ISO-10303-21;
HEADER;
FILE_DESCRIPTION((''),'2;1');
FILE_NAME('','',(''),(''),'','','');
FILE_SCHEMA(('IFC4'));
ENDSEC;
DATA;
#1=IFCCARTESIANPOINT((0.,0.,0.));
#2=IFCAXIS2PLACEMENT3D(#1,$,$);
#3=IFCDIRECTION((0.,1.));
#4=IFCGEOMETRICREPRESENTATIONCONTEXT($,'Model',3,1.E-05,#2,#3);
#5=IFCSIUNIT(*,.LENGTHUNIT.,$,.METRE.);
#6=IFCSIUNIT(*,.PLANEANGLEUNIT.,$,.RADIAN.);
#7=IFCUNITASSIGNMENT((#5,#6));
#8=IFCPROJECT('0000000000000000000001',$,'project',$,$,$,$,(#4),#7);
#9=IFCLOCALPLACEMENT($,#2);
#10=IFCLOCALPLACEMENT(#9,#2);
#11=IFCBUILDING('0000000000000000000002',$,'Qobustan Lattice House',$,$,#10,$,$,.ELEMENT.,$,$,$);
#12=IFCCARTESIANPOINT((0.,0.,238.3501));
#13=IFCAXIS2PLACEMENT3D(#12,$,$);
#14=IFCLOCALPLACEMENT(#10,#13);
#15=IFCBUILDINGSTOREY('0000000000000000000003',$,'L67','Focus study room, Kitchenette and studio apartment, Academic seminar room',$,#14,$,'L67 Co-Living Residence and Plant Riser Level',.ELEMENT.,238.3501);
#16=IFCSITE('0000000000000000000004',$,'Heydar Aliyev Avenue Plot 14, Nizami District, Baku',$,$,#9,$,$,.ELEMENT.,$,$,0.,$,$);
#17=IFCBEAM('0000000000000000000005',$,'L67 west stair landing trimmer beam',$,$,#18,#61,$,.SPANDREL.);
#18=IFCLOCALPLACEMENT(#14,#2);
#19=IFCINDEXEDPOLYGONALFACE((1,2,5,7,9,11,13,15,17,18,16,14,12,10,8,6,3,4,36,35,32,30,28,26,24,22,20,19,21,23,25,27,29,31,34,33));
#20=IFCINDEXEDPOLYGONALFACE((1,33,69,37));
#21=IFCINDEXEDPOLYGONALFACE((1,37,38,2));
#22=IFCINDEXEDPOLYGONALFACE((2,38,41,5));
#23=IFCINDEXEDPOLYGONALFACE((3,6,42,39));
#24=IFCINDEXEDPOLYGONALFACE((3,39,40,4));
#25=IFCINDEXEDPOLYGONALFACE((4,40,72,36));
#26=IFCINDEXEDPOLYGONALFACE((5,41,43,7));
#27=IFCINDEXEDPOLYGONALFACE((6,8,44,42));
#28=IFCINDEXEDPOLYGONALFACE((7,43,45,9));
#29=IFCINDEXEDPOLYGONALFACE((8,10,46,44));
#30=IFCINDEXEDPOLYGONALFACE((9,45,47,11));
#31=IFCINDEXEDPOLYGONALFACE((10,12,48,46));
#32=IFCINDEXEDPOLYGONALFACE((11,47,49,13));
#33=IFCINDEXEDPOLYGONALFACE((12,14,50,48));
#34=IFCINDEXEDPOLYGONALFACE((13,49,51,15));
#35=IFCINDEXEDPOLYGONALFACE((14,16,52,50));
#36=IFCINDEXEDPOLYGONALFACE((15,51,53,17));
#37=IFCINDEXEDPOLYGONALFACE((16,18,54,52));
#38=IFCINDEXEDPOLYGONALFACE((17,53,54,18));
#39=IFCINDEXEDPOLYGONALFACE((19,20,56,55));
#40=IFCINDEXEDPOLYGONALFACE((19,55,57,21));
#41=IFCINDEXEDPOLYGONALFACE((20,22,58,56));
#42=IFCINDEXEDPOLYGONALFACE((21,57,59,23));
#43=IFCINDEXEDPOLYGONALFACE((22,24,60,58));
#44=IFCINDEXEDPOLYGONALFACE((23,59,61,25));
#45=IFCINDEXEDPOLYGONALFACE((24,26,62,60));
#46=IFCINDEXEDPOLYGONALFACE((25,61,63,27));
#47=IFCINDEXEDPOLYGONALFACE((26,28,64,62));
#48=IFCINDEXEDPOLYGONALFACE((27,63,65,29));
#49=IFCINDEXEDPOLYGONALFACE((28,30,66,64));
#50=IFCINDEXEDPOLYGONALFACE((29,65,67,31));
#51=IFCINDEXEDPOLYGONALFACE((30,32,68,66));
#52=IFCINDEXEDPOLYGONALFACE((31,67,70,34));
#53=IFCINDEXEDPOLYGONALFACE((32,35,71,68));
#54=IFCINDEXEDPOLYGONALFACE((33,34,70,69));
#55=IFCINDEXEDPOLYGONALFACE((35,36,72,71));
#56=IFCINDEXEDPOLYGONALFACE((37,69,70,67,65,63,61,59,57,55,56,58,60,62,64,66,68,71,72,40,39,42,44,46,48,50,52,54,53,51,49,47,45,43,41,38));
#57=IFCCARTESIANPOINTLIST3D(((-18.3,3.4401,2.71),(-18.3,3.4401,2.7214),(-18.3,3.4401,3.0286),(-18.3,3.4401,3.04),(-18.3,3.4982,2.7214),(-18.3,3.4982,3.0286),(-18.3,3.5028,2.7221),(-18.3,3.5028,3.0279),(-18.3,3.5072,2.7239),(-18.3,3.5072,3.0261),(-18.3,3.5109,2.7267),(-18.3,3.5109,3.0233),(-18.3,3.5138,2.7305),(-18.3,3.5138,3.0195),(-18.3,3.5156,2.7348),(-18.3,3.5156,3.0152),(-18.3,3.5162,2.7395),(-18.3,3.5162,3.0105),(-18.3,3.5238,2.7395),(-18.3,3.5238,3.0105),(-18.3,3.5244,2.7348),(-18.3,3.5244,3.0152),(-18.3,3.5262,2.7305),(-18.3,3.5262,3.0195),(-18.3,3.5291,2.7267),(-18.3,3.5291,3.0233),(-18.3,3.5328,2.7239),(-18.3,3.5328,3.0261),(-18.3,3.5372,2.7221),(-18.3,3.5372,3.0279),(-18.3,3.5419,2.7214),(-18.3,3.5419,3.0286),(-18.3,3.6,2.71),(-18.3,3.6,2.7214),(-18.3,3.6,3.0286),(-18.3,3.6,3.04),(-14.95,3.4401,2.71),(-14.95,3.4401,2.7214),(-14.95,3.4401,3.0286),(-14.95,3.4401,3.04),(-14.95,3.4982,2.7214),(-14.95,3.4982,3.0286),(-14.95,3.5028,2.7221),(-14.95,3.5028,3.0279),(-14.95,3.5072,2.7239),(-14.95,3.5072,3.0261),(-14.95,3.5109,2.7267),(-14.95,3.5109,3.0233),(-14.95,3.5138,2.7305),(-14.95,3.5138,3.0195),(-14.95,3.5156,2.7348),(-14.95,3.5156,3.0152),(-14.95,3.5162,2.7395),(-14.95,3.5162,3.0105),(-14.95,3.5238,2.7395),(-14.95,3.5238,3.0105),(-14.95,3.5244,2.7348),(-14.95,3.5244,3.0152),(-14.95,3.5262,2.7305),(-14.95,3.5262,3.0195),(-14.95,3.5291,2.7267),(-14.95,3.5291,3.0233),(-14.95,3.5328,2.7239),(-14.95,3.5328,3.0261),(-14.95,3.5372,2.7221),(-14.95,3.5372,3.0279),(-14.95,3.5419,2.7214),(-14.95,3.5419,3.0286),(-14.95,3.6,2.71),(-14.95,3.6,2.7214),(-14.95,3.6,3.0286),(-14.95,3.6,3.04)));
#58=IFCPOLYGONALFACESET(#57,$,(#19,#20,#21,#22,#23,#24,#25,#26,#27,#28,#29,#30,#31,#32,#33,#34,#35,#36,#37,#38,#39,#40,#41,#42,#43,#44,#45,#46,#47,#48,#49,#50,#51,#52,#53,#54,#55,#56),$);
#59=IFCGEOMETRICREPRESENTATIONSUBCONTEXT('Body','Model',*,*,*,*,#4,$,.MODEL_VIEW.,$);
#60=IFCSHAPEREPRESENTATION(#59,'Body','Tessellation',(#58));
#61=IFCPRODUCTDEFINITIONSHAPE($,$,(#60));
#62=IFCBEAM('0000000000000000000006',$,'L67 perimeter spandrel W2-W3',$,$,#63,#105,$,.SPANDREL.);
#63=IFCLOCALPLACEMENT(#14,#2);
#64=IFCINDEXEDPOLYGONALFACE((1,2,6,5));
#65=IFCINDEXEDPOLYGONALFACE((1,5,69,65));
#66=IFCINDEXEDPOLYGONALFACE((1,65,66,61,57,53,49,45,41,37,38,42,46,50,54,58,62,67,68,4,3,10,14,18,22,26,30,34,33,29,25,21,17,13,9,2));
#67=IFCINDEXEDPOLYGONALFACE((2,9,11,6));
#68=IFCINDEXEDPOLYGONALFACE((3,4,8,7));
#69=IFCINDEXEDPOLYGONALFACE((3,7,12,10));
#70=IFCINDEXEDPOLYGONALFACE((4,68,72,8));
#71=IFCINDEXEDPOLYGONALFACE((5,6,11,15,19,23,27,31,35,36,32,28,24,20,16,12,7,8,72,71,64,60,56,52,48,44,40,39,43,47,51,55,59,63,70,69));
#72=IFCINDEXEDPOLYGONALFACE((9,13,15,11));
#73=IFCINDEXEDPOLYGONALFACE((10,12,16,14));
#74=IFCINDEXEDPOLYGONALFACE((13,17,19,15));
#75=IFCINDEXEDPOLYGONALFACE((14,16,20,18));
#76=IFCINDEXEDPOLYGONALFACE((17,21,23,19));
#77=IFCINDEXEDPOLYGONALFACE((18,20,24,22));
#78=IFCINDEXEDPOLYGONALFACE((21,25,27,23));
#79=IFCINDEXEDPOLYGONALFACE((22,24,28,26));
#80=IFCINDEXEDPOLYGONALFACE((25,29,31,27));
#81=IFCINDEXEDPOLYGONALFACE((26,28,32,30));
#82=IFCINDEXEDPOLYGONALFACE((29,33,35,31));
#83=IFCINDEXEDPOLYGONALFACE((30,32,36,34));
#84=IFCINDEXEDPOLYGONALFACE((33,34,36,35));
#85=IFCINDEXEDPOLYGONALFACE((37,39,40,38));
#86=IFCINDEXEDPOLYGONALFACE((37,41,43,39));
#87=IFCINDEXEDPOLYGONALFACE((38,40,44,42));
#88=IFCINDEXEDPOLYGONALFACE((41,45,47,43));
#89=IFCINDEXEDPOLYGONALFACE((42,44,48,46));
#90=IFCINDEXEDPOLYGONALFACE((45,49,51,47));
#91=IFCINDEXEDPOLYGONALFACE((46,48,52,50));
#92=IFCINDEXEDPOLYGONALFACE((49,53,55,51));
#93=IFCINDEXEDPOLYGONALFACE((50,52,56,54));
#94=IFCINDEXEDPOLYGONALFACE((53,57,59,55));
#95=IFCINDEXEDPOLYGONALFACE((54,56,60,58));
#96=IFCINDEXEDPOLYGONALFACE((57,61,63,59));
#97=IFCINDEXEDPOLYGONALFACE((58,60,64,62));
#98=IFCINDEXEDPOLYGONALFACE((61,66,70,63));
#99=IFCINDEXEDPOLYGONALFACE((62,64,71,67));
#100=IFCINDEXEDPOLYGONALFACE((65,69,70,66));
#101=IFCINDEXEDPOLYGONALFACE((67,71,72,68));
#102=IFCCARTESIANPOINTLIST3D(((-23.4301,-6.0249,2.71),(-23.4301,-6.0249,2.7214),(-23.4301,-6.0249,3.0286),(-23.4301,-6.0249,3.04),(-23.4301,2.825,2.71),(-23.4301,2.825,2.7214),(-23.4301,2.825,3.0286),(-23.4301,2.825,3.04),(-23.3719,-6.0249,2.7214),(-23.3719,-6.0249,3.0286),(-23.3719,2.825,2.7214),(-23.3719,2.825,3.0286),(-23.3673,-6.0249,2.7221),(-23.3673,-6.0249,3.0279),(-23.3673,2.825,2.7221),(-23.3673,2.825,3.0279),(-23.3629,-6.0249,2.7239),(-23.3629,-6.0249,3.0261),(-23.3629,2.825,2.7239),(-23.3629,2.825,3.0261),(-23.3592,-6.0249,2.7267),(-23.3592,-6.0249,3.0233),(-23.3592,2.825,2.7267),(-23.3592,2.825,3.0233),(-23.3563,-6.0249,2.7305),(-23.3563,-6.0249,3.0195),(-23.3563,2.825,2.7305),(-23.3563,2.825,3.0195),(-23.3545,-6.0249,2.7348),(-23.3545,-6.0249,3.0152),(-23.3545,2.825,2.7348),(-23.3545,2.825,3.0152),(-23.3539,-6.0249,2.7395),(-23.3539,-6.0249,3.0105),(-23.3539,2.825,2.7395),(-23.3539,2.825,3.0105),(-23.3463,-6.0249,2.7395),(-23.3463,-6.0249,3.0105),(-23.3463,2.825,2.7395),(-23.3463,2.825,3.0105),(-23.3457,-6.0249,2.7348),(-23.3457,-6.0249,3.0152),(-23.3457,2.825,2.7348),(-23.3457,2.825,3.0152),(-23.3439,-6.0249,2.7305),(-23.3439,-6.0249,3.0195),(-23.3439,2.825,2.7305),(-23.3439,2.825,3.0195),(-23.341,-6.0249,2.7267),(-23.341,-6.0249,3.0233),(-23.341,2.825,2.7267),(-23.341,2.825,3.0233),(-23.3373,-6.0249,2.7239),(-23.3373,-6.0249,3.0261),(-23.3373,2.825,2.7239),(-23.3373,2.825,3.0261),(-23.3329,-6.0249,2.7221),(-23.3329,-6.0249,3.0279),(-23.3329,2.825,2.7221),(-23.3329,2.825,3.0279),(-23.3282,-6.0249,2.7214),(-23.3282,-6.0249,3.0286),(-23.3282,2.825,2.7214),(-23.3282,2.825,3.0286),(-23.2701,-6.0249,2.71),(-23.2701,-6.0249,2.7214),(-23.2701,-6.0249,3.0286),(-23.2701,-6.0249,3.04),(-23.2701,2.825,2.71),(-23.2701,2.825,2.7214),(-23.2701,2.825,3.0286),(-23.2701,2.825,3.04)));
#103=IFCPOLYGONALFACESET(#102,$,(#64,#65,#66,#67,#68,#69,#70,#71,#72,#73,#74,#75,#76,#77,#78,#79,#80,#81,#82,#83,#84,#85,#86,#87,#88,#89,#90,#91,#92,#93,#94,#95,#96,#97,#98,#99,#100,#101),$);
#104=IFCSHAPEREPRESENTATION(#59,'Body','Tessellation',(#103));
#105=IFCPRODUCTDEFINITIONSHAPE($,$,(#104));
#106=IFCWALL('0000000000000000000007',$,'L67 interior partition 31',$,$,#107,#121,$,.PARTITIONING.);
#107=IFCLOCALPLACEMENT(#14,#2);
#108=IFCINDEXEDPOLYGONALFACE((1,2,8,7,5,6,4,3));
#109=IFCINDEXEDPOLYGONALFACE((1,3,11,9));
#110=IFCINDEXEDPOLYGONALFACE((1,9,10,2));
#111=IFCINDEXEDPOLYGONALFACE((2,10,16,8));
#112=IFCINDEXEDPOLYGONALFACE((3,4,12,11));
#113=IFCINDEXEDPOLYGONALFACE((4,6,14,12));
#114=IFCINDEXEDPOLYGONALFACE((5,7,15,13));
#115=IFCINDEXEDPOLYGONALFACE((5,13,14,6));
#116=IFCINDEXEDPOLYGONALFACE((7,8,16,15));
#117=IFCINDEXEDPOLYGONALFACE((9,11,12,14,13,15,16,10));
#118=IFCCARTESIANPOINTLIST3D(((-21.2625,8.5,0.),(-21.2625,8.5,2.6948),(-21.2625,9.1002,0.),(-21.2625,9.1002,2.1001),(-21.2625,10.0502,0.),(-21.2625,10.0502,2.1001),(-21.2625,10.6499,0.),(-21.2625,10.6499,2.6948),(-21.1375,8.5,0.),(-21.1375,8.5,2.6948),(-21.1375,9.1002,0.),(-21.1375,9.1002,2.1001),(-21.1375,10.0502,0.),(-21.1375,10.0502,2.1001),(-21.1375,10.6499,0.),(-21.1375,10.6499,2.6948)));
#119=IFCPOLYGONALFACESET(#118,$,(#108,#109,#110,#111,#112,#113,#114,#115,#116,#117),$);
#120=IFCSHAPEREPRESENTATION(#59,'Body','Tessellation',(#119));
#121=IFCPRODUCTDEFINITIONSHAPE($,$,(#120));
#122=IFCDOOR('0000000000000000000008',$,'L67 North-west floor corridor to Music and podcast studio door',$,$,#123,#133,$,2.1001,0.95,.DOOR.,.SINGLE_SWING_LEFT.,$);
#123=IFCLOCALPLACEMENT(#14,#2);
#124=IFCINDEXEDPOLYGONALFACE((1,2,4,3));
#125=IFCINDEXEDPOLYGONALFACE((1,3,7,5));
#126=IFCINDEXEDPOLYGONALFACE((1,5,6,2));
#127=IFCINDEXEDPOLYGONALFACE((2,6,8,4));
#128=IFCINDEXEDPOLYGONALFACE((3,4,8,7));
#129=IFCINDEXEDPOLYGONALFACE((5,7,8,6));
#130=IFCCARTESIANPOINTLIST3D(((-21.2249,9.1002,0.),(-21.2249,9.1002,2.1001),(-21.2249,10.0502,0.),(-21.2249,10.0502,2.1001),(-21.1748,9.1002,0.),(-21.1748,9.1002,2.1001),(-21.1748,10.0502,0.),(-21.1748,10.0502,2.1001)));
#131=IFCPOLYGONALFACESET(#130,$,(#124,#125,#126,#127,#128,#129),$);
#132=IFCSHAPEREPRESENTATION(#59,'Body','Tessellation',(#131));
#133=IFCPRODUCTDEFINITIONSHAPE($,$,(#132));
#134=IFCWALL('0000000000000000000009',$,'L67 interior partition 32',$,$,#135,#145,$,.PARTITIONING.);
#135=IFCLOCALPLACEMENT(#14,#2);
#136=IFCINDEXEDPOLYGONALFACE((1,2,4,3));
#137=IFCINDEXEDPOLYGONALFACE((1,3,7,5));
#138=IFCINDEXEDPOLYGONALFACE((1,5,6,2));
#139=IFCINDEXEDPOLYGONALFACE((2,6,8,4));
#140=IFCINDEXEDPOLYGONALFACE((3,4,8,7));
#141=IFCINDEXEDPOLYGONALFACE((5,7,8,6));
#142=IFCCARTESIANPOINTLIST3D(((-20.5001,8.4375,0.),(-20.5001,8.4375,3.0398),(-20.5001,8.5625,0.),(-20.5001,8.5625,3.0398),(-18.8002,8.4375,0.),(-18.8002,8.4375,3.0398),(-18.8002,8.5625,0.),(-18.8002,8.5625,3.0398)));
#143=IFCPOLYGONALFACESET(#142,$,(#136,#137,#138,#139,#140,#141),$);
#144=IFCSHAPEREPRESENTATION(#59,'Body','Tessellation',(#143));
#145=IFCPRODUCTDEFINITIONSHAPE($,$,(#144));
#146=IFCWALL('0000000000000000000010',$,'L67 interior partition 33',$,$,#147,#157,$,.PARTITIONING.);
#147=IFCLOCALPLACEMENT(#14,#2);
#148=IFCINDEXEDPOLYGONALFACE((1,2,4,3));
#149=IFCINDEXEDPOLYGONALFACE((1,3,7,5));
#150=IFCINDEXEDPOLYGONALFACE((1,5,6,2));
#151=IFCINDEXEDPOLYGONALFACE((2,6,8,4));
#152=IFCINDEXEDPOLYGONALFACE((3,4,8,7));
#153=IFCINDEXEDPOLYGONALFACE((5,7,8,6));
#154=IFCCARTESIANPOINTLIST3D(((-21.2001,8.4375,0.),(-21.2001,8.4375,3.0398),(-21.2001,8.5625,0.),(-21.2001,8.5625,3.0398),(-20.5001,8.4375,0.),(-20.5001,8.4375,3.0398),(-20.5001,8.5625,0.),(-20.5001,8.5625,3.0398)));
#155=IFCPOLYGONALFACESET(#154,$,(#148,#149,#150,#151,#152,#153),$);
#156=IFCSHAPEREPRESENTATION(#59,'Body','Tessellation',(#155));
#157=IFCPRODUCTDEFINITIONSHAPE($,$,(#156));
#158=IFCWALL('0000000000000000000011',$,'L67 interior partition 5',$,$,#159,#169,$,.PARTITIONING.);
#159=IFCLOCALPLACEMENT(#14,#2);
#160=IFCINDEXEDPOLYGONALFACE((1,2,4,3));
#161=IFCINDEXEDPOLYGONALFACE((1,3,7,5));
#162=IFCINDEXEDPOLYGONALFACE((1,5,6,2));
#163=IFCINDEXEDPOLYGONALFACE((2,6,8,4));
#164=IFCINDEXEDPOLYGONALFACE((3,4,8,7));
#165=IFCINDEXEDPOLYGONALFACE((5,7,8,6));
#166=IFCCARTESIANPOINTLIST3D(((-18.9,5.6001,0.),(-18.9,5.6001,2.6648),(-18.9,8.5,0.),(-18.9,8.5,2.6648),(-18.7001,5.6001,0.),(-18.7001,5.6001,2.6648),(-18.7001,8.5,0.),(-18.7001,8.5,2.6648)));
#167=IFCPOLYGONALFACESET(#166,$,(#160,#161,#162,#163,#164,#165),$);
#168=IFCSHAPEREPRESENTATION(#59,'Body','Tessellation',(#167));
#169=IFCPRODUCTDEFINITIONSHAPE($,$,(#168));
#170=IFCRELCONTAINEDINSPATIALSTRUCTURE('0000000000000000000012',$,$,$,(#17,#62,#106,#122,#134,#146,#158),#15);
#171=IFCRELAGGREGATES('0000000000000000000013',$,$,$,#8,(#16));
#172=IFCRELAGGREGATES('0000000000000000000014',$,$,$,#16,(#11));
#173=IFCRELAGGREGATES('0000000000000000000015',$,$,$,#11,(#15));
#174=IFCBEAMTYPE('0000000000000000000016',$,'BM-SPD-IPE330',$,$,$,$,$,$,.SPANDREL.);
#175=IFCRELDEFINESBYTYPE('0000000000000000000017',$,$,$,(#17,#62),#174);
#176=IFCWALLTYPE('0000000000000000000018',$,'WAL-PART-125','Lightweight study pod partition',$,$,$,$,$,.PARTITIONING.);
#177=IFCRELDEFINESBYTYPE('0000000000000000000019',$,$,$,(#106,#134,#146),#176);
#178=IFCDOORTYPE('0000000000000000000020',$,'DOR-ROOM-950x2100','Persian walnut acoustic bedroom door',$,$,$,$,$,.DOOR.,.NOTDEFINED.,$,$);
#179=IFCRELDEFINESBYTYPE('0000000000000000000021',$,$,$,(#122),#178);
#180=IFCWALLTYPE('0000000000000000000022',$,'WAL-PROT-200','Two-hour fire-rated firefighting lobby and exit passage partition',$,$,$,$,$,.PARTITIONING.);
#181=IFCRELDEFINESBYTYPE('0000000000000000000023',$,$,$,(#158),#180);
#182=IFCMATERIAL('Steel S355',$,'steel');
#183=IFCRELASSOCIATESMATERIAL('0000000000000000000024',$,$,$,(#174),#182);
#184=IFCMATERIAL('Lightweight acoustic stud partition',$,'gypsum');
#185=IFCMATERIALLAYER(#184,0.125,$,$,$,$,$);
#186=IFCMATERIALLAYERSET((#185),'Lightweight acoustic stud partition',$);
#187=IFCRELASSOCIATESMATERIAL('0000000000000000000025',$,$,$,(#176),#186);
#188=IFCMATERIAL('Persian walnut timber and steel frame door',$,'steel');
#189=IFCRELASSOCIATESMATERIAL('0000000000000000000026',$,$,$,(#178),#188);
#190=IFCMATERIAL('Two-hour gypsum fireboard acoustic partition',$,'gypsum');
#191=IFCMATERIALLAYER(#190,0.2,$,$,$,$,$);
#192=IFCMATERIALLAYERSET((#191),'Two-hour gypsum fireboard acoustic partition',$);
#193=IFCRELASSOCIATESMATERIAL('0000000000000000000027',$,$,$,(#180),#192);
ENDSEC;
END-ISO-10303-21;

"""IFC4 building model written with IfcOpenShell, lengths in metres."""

from ifc_helpers import new_model, si_unit, direction, frame, frame_2d, origin, origin_2d, place, context, subcontext, project, spatial, rectangle, i_section, extrude, material, layer, layer_set, material_profile, profile_set, type_object, element, fill, save


model = new_model("IFC4")

# Units and contexts
model_context = context("Model", 3, precision=1e-05, world=origin(), true_north=direction((0.0, 1.0)))
body_context = subcontext(model_context, "Body", "Model", "MODEL_VIEW")
ifc_project = project(units=[si_unit("LENGTHUNIT", "METRE"), si_unit("PLANEANGLEUNIT", "RADIAN")], contexts=[model_context])

# Site, building, storey
site_placement = place(None, origin())
site = spatial("IfcSite", under=ifc_project, at=site_placement, Name="Heydar Aliyev Avenue Plot 14, Nizami District, Baku", CompositionType="ELEMENT", RefElevation=0.0)
building_placement = place(site_placement, origin())
building = spatial("IfcBuilding", under=site, at=building_placement, Name="Qobustan Lattice House", CompositionType="ELEMENT")
storey_placement = place(building_placement, frame((0.0, 0.0, 238.3501)))
storey = spatial("IfcBuildingStorey", under=building, at=storey_placement, Name="L67", Description="Focus study room, Kitchenette and studio apartment, Academic seminar room", LongName="L67 Co-Living Residence and Plant Riser Level", CompositionType="ELEMENT", Elevation=238.3501)

# Beams
ifc_material_1 = material(Name="Steel S355", Category="steel")
ifc_material_profile_1 = material_profile(ifc_material_1, i_section(OverallWidth=0.1599, OverallDepth=0.3301, WebThickness=0.0076, FlangeThickness=0.0115, FilletRadius=0.0181, at=origin_2d()), Name="IPE330")
ifc_profile_set_1 = profile_set([ifc_material_profile_1], Name="Steel S355")
beam_type_1 = type_object("IfcBeamType", Name="BM-SPD-IPE330", PredefinedType="SPANDREL", material=ifc_profile_set_1)
beam_1_placement = place(storey_placement, frame((-18.3, 3.52, 2.875), z_axis=(1.0, 0.0, 0.0), x_axis=(0.0, 1.0, 0.0)))
element("IfcBeam", 1, at=beam_1_placement, inside=storey, type_object=beam_type_1, Name="L67 west stair landing trimmer beam", PredefinedType="SPANDREL", context=body_context, shape_type="SweptSolid", body=[
    extrude(i_section(OverallWidth=0.1599, OverallDepth=0.3301, WebThickness=0.0076, FlangeThickness=0.0115, FilletRadius=0.0181, at=origin_2d()), origin(), (0.0, 0.0, 1.0), 3.3501),
])
beam_2_placement = place(storey_placement, frame((-23.3501, 2.825, 2.875), z_axis=(0.0, -1.0, 0.0), x_axis=(1.0, 0.0, 0.0)))
element("IfcBeam", 2, at=beam_2_placement, inside=storey, type_object=beam_type_1, Name="L67 perimeter spandrel W2-W3", PredefinedType="SPANDREL", context=body_context, shape_type="SweptSolid", body=[
    extrude(i_section(OverallWidth=0.1599, OverallDepth=0.3301, WebThickness=0.0076, FlangeThickness=0.0115, FilletRadius=0.0181, at=origin_2d()), origin(), (0.0, 0.0, 1.0), 8.8499),
])

# Wall, opening, door
ifc_material_2 = material(Name="Lightweight acoustic stud partition", Category="gypsum")
ifc_layer_1 = layer(ifc_material_2, 0.125)
ifc_layer_set_1 = layer_set([ifc_layer_1], Name="Lightweight acoustic stud partition")
wall_type_1 = type_object("IfcWallType", Name="WAL-PART-125", Description="Lightweight study pod partition", PredefinedType="PARTITIONING", material=ifc_layer_set_1)
wall_1_placement = place(storey_placement, frame((-21.2, 8.5, 0.0), z_axis=(0.0, 0.0, 1.0), x_axis=(0.0, 1.0, 0.0)))
wall_1 = element("IfcWall", 3, at=wall_1_placement, inside=storey, type_object=wall_type_1, Name="L67 interior partition 31", PredefinedType="PARTITIONING", context=body_context, shape_type="SweptSolid", body=[
    extrude(rectangle(XDim=2.1499, YDim=0.125, at=frame_2d((1.075, 0.0))), origin(), (0.0, 0.0, 1.0), 2.6948),
])
opening_1_placement = place(wall_1_placement, frame((0.6001, 0.0, 0.0)))
opening_1 = element("IfcOpeningElement", 4, at=opening_1_placement, cuts=wall_1, PredefinedType="OPENING", context=body_context, shape_type="SweptSolid", body=[
    extrude(rectangle(XDim=0.95, YDim=2.1001, at=frame_2d((0.4751, 1.05))), frame((0.0, 0.0725, 0.0), z_axis=(0.0, -1.0, 0.0), x_axis=(1.0, 0.0, 0.0)), (0.0, 0.0, 1.0), 0.145),
])
ifc_material_3 = material(Name="Persian walnut timber and steel frame door", Category="steel")
door_type_1 = type_object("IfcDoorType", Name="DOR-ROOM-950x2100", Description="Persian walnut acoustic bedroom door", OperationType="NOTDEFINED", PredefinedType="DOOR", material=ifc_material_3)
door_1_placement = place(opening_1_placement, origin())
door_1 = element("IfcDoor", 5, at=door_1_placement, inside=storey, type_object=door_type_1, Name="L67 North-west floor corridor to Music and podcast studio door", OperationType="SINGLE_SWING_LEFT", OverallHeight=2.1001, OverallWidth=0.95, PredefinedType="DOOR", context=body_context, shape_type="SweptSolid", body=[
    extrude(rectangle(XDim=0.95, YDim=2.1001, at=frame_2d((0.4751, 1.05))), frame((0.0, 0.0249, 0.0), z_axis=(0.0, -1.0, 0.0), x_axis=(1.0, 0.0, 0.0)), (0.0, 0.0, 1.0), 0.05),
])
fill(opening_1, door_1)

# Walls
wall_2_placement = place(storey_placement, frame((-18.8, 8.5, 0.0), z_axis=(0.0, 0.0, 1.0), x_axis=(-1.0, 0.0, 0.0)))
element("IfcWall", 6, at=wall_2_placement, inside=storey, type_object=wall_type_1, Name="L67 interior partition 32", PredefinedType="PARTITIONING", context=body_context, shape_type="SweptSolid", body=[
    extrude(rectangle(XDim=1.7, YDim=0.125, at=frame_2d((0.8501, 0.0))), origin(), (0.0, 0.0, 1.0), 3.0398),
])
wall_3_placement = place(storey_placement, frame((-20.5, 8.5, 0.0), z_axis=(0.0, 0.0, 1.0), x_axis=(-1.0, 0.0, 0.0)))
element("IfcWall", 7, at=wall_3_placement, inside=storey, type_object=wall_type_1, Name="L67 interior partition 33", PredefinedType="PARTITIONING", context=body_context, shape_type="SweptSolid", body=[
    extrude(rectangle(XDim=0.7, YDim=0.125, at=frame_2d((0.3501, 0.0))), origin(), (0.0, 0.0, 1.0), 3.0398),
])
ifc_material_4 = material(Name="Two-hour gypsum fireboard acoustic partition", Category="gypsum")
ifc_layer_2 = layer(ifc_material_4, 0.2)
ifc_layer_set_2 = layer_set([ifc_layer_2], Name="Two-hour gypsum fireboard acoustic partition")
wall_type_2 = type_object("IfcWallType", Name="WAL-PROT-200", Description="Two-hour fire-rated firefighting lobby and exit passage partition", PredefinedType="PARTITIONING", material=ifc_layer_set_2)
wall_4_placement = place(storey_placement, frame((-18.8, 8.5, 0.0), z_axis=(0.0, 0.0, 1.0), x_axis=(0.0, -1.0, 0.0)))
element("IfcWall", 8, at=wall_4_placement, inside=storey, type_object=wall_type_2, Name="L67 interior partition 5", PredefinedType="PARTITIONING", context=body_context, shape_type="SweptSolid", body=[
    extrude(rectangle(XDim=2.8999, YDim=0.2, at=frame_2d((1.45, 0.0))), origin(), (0.0, 0.0, 1.0), 2.6648),
])

save(model, "model.ifc")
